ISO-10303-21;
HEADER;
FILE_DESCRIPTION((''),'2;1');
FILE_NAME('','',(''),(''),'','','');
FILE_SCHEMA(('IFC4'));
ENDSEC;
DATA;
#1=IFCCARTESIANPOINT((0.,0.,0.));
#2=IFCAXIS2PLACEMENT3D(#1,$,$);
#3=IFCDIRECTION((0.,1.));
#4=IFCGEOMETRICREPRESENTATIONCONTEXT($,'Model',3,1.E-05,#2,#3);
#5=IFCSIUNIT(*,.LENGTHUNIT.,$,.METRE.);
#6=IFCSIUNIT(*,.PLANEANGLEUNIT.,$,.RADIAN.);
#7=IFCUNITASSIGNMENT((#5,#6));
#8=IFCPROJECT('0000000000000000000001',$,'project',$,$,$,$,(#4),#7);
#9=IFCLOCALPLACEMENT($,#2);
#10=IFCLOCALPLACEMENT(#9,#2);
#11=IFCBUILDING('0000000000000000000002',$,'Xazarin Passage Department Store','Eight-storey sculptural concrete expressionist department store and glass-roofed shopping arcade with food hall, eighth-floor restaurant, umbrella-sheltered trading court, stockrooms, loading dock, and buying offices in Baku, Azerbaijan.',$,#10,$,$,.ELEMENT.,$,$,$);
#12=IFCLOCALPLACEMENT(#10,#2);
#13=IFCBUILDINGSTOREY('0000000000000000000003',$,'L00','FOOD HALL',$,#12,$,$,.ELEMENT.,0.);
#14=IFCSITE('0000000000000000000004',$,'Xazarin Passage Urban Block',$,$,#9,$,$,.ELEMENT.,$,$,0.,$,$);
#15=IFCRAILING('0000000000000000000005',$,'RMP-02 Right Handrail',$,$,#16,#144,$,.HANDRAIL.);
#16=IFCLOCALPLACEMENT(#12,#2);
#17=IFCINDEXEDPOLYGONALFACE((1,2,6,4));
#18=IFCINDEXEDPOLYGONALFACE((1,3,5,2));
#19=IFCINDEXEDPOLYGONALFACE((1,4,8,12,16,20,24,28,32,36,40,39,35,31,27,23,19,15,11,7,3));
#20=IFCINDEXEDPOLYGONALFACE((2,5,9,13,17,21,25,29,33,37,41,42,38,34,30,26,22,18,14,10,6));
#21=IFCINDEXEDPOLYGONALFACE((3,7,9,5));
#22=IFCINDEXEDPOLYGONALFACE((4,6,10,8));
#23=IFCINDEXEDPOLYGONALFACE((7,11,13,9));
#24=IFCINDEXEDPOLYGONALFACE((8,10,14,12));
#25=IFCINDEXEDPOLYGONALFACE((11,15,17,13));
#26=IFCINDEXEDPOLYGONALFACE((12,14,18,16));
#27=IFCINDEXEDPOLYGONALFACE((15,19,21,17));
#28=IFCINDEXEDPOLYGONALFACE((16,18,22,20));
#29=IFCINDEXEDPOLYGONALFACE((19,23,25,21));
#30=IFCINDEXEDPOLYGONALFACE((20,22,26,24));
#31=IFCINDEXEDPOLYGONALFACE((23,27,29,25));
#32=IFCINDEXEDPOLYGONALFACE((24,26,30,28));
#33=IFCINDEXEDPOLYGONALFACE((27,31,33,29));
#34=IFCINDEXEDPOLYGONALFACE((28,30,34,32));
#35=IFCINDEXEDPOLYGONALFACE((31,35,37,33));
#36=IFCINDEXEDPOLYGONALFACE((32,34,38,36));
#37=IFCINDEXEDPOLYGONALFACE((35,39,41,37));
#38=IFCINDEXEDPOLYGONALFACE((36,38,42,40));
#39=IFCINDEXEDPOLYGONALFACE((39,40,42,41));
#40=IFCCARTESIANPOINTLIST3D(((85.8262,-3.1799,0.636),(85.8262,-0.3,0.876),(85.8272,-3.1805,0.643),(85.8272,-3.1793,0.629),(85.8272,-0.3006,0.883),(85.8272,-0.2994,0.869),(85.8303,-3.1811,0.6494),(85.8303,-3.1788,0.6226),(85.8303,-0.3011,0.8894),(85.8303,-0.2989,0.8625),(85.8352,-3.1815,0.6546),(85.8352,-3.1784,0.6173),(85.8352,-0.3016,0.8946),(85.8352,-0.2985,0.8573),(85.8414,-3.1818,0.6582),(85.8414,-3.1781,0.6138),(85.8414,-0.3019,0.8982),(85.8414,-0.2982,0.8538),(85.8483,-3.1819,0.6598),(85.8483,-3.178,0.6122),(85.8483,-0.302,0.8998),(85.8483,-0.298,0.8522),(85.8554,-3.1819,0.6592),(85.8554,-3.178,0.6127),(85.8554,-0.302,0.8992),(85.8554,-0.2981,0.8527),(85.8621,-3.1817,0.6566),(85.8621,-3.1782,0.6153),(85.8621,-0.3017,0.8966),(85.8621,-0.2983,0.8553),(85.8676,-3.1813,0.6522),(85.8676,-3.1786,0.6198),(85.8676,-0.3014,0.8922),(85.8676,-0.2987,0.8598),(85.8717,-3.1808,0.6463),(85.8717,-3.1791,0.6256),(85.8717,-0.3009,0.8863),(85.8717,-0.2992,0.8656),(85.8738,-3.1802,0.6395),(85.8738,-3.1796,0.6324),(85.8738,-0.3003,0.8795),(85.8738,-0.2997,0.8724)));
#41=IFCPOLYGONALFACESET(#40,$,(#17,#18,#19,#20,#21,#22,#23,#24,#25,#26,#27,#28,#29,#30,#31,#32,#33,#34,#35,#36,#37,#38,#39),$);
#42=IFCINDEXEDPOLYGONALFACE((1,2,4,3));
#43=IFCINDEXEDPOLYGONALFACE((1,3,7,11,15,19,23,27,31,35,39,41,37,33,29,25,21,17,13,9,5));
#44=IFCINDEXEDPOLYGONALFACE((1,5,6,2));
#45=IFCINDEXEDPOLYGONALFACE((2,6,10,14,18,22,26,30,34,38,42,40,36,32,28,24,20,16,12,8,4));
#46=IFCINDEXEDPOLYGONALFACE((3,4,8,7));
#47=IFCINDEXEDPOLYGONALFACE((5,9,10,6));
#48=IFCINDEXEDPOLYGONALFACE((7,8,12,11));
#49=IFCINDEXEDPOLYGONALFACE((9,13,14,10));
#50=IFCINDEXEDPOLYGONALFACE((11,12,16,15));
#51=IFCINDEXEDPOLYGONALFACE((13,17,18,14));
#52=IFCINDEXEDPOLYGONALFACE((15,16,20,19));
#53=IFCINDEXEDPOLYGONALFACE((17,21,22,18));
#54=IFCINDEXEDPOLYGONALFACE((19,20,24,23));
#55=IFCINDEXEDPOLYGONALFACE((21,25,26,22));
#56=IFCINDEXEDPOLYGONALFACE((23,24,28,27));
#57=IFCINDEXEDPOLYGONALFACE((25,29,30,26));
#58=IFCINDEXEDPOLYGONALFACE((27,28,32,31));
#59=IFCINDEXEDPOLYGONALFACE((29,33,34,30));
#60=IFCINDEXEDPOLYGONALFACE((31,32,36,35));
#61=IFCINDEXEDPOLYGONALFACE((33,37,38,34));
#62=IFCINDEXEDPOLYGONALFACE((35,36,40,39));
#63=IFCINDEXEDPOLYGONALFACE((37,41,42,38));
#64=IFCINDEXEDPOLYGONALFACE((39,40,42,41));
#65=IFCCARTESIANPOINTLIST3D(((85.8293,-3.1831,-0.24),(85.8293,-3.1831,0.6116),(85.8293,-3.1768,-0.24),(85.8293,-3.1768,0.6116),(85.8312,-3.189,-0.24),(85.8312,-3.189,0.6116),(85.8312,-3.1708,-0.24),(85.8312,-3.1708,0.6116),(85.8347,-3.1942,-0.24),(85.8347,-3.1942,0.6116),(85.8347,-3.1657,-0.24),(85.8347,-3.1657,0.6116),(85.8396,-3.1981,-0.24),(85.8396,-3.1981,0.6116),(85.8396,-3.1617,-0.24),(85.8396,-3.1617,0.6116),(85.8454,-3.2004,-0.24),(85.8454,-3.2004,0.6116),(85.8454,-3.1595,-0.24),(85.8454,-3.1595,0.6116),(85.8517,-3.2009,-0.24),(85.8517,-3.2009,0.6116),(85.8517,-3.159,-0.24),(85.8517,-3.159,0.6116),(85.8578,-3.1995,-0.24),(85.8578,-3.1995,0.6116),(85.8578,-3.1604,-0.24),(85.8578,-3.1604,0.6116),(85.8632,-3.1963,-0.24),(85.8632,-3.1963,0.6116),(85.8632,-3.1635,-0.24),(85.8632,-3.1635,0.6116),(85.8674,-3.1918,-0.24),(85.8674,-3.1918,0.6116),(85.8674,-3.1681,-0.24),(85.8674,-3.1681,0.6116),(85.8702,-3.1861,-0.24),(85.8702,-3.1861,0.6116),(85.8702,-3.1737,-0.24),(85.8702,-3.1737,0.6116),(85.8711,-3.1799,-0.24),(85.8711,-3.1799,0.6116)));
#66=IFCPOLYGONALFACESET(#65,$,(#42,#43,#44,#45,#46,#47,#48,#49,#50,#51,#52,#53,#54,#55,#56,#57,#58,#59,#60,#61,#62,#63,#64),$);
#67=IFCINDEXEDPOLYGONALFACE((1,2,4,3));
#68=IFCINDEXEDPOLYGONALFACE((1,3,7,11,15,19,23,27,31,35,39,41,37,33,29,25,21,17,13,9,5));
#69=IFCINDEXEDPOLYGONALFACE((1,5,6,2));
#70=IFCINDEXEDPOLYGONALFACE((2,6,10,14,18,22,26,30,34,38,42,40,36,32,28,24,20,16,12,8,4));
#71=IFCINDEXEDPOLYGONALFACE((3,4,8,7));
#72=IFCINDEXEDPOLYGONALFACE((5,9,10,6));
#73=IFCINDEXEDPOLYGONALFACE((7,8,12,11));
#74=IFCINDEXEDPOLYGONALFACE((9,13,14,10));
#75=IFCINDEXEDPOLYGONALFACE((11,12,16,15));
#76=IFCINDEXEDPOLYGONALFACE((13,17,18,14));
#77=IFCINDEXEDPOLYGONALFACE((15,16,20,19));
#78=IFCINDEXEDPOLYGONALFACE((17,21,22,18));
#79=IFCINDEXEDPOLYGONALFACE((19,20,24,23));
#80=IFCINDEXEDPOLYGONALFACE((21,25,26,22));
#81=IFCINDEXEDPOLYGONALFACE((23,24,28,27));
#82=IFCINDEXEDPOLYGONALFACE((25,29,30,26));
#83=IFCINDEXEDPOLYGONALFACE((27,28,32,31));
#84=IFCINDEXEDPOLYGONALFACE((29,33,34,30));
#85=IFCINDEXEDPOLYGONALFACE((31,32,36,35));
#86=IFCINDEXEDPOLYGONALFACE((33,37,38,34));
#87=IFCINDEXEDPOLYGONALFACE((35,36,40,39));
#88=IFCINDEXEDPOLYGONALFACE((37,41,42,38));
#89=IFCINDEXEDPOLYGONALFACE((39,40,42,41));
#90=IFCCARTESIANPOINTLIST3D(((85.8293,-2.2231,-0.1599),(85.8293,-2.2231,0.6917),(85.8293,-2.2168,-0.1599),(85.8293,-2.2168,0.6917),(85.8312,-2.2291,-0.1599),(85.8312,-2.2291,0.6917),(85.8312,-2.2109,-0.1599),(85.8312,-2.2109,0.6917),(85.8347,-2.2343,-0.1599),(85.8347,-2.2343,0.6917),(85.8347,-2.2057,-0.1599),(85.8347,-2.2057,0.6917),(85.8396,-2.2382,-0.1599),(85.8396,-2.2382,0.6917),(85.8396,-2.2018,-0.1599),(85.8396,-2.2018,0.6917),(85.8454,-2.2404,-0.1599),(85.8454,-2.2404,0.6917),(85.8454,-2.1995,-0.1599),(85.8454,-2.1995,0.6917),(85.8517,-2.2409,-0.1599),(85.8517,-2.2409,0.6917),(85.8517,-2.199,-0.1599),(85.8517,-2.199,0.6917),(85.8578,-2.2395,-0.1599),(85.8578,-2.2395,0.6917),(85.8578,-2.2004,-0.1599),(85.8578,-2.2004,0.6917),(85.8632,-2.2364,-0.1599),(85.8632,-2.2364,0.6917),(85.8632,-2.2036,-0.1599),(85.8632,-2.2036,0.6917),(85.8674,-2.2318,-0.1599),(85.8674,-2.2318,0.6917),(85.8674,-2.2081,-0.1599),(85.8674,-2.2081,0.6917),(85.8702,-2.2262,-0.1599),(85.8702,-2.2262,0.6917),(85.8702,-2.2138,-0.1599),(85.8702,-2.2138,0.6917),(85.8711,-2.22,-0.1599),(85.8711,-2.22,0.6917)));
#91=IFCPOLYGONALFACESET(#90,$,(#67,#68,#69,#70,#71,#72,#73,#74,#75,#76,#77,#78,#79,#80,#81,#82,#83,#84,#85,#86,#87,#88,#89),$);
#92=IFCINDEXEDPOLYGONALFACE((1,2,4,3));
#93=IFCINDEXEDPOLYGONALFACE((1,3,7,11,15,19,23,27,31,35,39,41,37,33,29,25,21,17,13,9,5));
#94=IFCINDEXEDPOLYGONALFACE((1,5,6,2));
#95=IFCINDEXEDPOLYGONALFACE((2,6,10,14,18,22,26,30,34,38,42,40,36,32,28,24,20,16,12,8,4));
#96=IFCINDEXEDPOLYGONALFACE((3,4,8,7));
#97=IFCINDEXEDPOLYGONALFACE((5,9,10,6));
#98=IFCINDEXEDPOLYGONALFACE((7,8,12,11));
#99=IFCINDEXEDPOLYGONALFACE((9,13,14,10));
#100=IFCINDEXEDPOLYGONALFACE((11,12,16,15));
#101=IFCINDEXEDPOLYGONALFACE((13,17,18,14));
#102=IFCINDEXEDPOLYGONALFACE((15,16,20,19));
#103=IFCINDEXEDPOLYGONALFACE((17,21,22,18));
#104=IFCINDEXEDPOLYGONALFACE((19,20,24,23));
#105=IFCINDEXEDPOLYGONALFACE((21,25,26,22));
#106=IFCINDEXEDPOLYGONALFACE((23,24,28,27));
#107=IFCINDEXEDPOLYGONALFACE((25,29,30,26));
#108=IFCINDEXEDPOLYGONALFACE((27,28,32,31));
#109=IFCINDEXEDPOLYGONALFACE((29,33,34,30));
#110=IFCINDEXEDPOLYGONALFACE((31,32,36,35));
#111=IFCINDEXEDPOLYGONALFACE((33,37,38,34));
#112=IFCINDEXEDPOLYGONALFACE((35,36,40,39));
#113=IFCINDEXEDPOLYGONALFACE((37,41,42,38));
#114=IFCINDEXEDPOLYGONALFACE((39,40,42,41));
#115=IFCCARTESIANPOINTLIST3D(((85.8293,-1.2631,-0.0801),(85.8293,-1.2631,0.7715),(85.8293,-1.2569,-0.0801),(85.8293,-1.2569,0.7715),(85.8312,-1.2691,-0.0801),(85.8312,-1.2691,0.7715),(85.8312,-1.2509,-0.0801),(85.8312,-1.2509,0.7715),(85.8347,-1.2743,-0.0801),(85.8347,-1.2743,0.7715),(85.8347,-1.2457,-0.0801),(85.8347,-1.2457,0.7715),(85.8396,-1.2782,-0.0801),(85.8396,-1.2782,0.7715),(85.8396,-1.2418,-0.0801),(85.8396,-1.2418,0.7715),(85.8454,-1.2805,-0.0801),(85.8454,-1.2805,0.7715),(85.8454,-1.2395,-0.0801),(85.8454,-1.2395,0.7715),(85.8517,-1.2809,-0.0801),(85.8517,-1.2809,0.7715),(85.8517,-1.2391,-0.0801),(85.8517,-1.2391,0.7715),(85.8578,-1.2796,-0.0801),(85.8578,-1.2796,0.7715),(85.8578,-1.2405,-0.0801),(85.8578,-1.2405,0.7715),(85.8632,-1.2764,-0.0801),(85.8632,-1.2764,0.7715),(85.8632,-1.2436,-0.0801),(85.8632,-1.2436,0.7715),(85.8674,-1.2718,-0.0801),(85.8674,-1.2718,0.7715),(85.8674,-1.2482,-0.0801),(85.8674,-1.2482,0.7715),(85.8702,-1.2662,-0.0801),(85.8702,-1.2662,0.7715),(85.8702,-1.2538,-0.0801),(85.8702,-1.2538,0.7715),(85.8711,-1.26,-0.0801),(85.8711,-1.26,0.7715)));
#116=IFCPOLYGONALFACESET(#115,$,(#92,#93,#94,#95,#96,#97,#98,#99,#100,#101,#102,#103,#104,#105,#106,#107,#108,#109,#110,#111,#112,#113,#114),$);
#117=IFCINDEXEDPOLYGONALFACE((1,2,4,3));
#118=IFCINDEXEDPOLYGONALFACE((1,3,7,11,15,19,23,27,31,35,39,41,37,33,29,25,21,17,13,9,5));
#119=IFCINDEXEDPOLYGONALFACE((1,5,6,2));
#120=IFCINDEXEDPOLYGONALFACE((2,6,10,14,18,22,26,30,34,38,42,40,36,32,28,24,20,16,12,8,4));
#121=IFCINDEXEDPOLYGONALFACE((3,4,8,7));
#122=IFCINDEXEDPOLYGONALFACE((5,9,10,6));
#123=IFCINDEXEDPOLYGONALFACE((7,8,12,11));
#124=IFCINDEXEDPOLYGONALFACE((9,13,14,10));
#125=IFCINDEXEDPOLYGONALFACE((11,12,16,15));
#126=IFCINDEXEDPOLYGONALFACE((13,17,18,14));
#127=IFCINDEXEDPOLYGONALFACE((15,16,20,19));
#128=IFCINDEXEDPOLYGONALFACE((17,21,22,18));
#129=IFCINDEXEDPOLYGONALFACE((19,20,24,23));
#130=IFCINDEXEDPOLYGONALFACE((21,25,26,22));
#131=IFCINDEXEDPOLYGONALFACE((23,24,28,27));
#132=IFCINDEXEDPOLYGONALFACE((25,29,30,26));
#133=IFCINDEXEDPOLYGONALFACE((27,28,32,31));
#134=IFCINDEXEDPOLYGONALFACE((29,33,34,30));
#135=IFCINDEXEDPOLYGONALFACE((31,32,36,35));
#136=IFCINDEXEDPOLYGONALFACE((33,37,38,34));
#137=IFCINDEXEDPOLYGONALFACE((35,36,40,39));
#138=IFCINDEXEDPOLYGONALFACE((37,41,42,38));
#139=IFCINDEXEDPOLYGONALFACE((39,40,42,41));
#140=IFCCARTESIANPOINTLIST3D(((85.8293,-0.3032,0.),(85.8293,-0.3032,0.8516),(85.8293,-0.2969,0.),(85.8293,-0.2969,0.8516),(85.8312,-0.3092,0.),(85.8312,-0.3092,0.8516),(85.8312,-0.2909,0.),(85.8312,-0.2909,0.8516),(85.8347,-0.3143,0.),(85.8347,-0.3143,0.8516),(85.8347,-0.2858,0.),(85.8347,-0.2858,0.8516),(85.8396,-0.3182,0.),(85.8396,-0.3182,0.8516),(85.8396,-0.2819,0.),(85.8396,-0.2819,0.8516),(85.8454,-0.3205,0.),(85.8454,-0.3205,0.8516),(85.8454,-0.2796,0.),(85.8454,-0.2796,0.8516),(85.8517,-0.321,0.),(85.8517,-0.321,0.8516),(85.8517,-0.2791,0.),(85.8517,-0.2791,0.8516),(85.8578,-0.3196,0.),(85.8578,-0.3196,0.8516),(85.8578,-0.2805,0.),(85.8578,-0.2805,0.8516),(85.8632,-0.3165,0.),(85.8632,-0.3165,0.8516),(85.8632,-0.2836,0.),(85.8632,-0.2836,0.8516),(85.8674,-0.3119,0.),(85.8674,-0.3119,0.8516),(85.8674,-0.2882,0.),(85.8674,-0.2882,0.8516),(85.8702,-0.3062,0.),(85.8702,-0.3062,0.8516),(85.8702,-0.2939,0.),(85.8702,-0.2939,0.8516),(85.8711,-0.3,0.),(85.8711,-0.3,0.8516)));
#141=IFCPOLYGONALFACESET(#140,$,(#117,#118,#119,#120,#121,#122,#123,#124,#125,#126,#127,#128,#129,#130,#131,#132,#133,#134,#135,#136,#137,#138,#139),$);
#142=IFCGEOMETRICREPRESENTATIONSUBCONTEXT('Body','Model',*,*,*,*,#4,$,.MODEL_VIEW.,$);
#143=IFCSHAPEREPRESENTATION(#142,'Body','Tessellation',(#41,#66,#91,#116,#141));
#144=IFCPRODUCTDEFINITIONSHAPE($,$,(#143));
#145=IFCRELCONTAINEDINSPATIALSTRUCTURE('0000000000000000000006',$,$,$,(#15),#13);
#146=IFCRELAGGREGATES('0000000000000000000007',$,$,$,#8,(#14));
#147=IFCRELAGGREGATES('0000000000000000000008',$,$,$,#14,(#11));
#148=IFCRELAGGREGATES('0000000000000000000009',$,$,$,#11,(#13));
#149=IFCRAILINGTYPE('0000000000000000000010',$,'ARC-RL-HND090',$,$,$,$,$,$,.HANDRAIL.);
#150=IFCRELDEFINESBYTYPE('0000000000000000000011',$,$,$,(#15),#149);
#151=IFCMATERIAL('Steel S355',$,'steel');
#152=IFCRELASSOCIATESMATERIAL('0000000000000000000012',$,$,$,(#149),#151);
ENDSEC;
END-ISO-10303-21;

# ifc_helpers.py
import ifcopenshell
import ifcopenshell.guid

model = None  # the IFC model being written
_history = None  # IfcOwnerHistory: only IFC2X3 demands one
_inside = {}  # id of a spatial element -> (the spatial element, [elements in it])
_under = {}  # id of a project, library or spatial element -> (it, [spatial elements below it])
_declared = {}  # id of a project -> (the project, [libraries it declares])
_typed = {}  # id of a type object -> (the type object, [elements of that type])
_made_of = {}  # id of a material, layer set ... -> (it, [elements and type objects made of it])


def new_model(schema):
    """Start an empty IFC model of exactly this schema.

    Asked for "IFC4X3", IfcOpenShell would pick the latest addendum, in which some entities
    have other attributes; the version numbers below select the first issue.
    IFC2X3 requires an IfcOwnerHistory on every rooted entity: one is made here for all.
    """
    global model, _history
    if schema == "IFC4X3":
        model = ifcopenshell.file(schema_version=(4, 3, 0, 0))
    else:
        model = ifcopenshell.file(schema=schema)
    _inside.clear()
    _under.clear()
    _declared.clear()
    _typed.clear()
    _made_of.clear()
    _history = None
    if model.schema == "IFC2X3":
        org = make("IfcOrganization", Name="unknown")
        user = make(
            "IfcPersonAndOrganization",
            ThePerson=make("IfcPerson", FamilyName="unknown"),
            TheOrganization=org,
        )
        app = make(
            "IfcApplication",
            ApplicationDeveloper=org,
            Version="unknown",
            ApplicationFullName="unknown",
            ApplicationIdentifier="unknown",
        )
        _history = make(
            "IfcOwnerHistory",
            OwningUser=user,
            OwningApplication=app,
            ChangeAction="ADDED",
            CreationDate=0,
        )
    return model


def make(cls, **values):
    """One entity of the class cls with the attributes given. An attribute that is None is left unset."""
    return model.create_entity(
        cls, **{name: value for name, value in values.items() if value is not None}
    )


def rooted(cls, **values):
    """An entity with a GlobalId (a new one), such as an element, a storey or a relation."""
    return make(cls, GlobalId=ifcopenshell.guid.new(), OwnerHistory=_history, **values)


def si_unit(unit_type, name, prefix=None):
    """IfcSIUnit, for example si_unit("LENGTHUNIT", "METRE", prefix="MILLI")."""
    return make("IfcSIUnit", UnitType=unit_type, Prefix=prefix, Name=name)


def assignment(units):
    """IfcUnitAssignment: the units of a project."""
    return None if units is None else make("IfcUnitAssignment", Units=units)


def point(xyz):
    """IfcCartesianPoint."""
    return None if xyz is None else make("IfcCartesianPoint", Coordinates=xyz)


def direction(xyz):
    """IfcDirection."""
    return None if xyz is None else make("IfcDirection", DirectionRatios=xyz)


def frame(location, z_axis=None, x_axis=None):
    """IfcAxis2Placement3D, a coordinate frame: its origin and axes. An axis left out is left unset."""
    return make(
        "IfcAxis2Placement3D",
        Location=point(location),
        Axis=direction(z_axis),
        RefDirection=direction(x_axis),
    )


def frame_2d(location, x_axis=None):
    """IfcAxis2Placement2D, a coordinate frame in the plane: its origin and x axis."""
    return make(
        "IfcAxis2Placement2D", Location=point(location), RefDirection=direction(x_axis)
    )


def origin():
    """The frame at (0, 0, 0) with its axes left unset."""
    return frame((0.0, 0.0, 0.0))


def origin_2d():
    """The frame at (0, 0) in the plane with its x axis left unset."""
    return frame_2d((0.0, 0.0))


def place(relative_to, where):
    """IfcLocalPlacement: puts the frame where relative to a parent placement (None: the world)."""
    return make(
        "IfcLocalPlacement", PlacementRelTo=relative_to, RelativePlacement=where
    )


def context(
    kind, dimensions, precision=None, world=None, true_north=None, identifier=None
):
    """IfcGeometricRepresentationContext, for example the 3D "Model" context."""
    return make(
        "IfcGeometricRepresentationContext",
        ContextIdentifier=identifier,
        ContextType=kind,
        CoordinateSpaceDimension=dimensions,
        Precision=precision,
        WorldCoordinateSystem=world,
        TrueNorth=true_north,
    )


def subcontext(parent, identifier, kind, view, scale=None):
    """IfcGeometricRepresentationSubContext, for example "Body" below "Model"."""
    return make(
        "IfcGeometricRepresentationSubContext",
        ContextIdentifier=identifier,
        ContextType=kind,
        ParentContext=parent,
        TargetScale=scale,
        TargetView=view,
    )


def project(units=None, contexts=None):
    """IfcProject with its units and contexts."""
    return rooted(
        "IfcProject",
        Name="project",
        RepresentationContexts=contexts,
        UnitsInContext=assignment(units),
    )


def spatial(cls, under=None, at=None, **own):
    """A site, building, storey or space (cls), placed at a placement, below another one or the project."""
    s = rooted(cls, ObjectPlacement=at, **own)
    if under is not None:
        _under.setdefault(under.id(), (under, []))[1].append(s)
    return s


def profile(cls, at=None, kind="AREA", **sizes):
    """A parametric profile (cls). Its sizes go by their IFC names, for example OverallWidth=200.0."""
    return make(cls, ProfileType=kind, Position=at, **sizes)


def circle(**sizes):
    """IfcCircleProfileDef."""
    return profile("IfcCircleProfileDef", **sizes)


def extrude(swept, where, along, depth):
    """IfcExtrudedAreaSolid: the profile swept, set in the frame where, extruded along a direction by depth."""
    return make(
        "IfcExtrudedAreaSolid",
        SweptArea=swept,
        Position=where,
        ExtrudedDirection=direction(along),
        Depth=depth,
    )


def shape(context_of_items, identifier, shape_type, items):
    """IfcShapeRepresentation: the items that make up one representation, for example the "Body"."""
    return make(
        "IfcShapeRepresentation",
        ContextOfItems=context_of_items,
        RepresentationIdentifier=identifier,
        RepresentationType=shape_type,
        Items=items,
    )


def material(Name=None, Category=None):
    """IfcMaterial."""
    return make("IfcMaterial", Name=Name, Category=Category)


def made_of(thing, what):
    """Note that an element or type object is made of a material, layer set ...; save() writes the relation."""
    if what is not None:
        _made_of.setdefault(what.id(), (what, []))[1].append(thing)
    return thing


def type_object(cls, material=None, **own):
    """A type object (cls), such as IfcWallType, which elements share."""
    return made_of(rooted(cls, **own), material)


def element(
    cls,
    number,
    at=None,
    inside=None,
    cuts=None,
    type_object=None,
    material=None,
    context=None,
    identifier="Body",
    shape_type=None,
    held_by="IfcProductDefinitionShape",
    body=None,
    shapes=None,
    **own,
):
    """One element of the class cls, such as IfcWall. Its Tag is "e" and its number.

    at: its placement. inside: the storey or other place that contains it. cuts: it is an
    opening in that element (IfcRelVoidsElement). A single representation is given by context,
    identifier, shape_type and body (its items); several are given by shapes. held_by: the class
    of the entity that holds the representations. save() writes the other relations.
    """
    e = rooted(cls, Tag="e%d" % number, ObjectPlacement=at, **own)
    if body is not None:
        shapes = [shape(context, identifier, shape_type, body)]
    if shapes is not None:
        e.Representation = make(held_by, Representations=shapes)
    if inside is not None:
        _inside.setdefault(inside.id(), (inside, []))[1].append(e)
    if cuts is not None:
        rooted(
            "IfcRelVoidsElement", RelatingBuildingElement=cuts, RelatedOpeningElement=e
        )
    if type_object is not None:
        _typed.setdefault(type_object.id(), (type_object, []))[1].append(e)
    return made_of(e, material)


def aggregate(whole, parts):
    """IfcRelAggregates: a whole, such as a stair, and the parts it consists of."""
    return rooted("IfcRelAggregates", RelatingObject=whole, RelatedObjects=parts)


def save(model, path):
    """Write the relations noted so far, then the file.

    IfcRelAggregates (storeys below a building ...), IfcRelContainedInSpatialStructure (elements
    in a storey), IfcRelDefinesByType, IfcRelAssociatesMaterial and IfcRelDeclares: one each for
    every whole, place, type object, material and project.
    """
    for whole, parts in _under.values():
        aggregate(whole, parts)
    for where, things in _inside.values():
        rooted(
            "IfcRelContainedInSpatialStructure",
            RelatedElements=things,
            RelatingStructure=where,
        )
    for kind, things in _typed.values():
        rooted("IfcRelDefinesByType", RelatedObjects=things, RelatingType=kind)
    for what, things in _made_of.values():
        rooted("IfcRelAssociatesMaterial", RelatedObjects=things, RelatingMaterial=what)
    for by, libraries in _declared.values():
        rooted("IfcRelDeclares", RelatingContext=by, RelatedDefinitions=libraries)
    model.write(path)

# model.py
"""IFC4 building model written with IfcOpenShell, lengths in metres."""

from ifc_helpers import new_model, si_unit, direction, frame, origin, origin_2d, place, context, subcontext, project, spatial, circle, extrude, material, type_object, element, save


model = new_model("IFC4")

# Units and contexts
model_context = context("Model", 3, precision=1e-05, world=origin(), true_north=direction((0.0, 1.0)))
body_context = subcontext(model_context, "Body", "Model", "MODEL_VIEW")
ifc_project = project(units=[si_unit("LENGTHUNIT", "METRE"), si_unit("PLANEANGLEUNIT", "RADIAN")], contexts=[model_context])

# Site, building, storey
site_placement = place(None, origin())
site = spatial("IfcSite", under=ifc_project, at=site_placement, Name="Xazarin Passage Urban Block", CompositionType="ELEMENT", RefElevation=0.0)
building_placement = place(site_placement, origin())
building = spatial("IfcBuilding", under=site, at=building_placement, Name="Xazarin Passage Department Store", Description="Eight-storey sculptural concrete expressionist department store and glass-roofed shopping arcade with food hall, eighth-floor restaurant, umbrella-sheltered trading court, stockrooms, loading dock, and buying offices in Baku, Azerbaijan.", CompositionType="ELEMENT")
storey_placement = place(building_placement, origin())
storey = spatial("IfcBuildingStorey", under=building, at=storey_placement, Name="L00", Description="FOOD HALL", CompositionType="ELEMENT", Elevation=0.0)

# Shared definitions
ifc_material_1 = material(Name="Steel S355", Category="steel")

# Railing
railing_type_1 = type_object("IfcRailingType", Name="ARC-RL-HND090", PredefinedType="HANDRAIL", material=ifc_material_1)
for number, where, name in (
    (1, (85.8501, -3.1799, -0.24), "RMP-02 Right Handrail"),
):
    element("IfcRailing", number, at=place(storey_placement, frame(where)), inside=storey, type_object=railing_type_1, Name=name, PredefinedType="HANDRAIL", context=body_context, shape_type="SweptSolid", body=[
        extrude(circle(Radius=0.0239, at=origin_2d()), frame((0.0, 0.0, 0.876), z_axis=(0.0, 0.996546, 0.083045), x_axis=(-1.0, 0.0, 0.0)), (0.0, 0.0, 1.0), 2.8899),
        extrude(circle(Radius=0.021, at=origin_2d()), origin(), (0.0, 0.0, 1.0), 0.8516),
        extrude(circle(Radius=0.021, at=origin_2d()), frame((0.0, 0.96, 0.0801)), (0.0, 0.0, 1.0), 0.8516),
        extrude(circle(Radius=0.021, at=origin_2d()), frame((0.0, 1.9199, 0.1599)), (0.0, 0.0, 1.0), 0.8516),
        extrude(circle(Radius=0.021, at=origin_2d()), frame((0.0, 2.8799, 0.24)), (0.0, 0.0, 1.0), 0.8516),
    ])

save(model, "model.ifc")
